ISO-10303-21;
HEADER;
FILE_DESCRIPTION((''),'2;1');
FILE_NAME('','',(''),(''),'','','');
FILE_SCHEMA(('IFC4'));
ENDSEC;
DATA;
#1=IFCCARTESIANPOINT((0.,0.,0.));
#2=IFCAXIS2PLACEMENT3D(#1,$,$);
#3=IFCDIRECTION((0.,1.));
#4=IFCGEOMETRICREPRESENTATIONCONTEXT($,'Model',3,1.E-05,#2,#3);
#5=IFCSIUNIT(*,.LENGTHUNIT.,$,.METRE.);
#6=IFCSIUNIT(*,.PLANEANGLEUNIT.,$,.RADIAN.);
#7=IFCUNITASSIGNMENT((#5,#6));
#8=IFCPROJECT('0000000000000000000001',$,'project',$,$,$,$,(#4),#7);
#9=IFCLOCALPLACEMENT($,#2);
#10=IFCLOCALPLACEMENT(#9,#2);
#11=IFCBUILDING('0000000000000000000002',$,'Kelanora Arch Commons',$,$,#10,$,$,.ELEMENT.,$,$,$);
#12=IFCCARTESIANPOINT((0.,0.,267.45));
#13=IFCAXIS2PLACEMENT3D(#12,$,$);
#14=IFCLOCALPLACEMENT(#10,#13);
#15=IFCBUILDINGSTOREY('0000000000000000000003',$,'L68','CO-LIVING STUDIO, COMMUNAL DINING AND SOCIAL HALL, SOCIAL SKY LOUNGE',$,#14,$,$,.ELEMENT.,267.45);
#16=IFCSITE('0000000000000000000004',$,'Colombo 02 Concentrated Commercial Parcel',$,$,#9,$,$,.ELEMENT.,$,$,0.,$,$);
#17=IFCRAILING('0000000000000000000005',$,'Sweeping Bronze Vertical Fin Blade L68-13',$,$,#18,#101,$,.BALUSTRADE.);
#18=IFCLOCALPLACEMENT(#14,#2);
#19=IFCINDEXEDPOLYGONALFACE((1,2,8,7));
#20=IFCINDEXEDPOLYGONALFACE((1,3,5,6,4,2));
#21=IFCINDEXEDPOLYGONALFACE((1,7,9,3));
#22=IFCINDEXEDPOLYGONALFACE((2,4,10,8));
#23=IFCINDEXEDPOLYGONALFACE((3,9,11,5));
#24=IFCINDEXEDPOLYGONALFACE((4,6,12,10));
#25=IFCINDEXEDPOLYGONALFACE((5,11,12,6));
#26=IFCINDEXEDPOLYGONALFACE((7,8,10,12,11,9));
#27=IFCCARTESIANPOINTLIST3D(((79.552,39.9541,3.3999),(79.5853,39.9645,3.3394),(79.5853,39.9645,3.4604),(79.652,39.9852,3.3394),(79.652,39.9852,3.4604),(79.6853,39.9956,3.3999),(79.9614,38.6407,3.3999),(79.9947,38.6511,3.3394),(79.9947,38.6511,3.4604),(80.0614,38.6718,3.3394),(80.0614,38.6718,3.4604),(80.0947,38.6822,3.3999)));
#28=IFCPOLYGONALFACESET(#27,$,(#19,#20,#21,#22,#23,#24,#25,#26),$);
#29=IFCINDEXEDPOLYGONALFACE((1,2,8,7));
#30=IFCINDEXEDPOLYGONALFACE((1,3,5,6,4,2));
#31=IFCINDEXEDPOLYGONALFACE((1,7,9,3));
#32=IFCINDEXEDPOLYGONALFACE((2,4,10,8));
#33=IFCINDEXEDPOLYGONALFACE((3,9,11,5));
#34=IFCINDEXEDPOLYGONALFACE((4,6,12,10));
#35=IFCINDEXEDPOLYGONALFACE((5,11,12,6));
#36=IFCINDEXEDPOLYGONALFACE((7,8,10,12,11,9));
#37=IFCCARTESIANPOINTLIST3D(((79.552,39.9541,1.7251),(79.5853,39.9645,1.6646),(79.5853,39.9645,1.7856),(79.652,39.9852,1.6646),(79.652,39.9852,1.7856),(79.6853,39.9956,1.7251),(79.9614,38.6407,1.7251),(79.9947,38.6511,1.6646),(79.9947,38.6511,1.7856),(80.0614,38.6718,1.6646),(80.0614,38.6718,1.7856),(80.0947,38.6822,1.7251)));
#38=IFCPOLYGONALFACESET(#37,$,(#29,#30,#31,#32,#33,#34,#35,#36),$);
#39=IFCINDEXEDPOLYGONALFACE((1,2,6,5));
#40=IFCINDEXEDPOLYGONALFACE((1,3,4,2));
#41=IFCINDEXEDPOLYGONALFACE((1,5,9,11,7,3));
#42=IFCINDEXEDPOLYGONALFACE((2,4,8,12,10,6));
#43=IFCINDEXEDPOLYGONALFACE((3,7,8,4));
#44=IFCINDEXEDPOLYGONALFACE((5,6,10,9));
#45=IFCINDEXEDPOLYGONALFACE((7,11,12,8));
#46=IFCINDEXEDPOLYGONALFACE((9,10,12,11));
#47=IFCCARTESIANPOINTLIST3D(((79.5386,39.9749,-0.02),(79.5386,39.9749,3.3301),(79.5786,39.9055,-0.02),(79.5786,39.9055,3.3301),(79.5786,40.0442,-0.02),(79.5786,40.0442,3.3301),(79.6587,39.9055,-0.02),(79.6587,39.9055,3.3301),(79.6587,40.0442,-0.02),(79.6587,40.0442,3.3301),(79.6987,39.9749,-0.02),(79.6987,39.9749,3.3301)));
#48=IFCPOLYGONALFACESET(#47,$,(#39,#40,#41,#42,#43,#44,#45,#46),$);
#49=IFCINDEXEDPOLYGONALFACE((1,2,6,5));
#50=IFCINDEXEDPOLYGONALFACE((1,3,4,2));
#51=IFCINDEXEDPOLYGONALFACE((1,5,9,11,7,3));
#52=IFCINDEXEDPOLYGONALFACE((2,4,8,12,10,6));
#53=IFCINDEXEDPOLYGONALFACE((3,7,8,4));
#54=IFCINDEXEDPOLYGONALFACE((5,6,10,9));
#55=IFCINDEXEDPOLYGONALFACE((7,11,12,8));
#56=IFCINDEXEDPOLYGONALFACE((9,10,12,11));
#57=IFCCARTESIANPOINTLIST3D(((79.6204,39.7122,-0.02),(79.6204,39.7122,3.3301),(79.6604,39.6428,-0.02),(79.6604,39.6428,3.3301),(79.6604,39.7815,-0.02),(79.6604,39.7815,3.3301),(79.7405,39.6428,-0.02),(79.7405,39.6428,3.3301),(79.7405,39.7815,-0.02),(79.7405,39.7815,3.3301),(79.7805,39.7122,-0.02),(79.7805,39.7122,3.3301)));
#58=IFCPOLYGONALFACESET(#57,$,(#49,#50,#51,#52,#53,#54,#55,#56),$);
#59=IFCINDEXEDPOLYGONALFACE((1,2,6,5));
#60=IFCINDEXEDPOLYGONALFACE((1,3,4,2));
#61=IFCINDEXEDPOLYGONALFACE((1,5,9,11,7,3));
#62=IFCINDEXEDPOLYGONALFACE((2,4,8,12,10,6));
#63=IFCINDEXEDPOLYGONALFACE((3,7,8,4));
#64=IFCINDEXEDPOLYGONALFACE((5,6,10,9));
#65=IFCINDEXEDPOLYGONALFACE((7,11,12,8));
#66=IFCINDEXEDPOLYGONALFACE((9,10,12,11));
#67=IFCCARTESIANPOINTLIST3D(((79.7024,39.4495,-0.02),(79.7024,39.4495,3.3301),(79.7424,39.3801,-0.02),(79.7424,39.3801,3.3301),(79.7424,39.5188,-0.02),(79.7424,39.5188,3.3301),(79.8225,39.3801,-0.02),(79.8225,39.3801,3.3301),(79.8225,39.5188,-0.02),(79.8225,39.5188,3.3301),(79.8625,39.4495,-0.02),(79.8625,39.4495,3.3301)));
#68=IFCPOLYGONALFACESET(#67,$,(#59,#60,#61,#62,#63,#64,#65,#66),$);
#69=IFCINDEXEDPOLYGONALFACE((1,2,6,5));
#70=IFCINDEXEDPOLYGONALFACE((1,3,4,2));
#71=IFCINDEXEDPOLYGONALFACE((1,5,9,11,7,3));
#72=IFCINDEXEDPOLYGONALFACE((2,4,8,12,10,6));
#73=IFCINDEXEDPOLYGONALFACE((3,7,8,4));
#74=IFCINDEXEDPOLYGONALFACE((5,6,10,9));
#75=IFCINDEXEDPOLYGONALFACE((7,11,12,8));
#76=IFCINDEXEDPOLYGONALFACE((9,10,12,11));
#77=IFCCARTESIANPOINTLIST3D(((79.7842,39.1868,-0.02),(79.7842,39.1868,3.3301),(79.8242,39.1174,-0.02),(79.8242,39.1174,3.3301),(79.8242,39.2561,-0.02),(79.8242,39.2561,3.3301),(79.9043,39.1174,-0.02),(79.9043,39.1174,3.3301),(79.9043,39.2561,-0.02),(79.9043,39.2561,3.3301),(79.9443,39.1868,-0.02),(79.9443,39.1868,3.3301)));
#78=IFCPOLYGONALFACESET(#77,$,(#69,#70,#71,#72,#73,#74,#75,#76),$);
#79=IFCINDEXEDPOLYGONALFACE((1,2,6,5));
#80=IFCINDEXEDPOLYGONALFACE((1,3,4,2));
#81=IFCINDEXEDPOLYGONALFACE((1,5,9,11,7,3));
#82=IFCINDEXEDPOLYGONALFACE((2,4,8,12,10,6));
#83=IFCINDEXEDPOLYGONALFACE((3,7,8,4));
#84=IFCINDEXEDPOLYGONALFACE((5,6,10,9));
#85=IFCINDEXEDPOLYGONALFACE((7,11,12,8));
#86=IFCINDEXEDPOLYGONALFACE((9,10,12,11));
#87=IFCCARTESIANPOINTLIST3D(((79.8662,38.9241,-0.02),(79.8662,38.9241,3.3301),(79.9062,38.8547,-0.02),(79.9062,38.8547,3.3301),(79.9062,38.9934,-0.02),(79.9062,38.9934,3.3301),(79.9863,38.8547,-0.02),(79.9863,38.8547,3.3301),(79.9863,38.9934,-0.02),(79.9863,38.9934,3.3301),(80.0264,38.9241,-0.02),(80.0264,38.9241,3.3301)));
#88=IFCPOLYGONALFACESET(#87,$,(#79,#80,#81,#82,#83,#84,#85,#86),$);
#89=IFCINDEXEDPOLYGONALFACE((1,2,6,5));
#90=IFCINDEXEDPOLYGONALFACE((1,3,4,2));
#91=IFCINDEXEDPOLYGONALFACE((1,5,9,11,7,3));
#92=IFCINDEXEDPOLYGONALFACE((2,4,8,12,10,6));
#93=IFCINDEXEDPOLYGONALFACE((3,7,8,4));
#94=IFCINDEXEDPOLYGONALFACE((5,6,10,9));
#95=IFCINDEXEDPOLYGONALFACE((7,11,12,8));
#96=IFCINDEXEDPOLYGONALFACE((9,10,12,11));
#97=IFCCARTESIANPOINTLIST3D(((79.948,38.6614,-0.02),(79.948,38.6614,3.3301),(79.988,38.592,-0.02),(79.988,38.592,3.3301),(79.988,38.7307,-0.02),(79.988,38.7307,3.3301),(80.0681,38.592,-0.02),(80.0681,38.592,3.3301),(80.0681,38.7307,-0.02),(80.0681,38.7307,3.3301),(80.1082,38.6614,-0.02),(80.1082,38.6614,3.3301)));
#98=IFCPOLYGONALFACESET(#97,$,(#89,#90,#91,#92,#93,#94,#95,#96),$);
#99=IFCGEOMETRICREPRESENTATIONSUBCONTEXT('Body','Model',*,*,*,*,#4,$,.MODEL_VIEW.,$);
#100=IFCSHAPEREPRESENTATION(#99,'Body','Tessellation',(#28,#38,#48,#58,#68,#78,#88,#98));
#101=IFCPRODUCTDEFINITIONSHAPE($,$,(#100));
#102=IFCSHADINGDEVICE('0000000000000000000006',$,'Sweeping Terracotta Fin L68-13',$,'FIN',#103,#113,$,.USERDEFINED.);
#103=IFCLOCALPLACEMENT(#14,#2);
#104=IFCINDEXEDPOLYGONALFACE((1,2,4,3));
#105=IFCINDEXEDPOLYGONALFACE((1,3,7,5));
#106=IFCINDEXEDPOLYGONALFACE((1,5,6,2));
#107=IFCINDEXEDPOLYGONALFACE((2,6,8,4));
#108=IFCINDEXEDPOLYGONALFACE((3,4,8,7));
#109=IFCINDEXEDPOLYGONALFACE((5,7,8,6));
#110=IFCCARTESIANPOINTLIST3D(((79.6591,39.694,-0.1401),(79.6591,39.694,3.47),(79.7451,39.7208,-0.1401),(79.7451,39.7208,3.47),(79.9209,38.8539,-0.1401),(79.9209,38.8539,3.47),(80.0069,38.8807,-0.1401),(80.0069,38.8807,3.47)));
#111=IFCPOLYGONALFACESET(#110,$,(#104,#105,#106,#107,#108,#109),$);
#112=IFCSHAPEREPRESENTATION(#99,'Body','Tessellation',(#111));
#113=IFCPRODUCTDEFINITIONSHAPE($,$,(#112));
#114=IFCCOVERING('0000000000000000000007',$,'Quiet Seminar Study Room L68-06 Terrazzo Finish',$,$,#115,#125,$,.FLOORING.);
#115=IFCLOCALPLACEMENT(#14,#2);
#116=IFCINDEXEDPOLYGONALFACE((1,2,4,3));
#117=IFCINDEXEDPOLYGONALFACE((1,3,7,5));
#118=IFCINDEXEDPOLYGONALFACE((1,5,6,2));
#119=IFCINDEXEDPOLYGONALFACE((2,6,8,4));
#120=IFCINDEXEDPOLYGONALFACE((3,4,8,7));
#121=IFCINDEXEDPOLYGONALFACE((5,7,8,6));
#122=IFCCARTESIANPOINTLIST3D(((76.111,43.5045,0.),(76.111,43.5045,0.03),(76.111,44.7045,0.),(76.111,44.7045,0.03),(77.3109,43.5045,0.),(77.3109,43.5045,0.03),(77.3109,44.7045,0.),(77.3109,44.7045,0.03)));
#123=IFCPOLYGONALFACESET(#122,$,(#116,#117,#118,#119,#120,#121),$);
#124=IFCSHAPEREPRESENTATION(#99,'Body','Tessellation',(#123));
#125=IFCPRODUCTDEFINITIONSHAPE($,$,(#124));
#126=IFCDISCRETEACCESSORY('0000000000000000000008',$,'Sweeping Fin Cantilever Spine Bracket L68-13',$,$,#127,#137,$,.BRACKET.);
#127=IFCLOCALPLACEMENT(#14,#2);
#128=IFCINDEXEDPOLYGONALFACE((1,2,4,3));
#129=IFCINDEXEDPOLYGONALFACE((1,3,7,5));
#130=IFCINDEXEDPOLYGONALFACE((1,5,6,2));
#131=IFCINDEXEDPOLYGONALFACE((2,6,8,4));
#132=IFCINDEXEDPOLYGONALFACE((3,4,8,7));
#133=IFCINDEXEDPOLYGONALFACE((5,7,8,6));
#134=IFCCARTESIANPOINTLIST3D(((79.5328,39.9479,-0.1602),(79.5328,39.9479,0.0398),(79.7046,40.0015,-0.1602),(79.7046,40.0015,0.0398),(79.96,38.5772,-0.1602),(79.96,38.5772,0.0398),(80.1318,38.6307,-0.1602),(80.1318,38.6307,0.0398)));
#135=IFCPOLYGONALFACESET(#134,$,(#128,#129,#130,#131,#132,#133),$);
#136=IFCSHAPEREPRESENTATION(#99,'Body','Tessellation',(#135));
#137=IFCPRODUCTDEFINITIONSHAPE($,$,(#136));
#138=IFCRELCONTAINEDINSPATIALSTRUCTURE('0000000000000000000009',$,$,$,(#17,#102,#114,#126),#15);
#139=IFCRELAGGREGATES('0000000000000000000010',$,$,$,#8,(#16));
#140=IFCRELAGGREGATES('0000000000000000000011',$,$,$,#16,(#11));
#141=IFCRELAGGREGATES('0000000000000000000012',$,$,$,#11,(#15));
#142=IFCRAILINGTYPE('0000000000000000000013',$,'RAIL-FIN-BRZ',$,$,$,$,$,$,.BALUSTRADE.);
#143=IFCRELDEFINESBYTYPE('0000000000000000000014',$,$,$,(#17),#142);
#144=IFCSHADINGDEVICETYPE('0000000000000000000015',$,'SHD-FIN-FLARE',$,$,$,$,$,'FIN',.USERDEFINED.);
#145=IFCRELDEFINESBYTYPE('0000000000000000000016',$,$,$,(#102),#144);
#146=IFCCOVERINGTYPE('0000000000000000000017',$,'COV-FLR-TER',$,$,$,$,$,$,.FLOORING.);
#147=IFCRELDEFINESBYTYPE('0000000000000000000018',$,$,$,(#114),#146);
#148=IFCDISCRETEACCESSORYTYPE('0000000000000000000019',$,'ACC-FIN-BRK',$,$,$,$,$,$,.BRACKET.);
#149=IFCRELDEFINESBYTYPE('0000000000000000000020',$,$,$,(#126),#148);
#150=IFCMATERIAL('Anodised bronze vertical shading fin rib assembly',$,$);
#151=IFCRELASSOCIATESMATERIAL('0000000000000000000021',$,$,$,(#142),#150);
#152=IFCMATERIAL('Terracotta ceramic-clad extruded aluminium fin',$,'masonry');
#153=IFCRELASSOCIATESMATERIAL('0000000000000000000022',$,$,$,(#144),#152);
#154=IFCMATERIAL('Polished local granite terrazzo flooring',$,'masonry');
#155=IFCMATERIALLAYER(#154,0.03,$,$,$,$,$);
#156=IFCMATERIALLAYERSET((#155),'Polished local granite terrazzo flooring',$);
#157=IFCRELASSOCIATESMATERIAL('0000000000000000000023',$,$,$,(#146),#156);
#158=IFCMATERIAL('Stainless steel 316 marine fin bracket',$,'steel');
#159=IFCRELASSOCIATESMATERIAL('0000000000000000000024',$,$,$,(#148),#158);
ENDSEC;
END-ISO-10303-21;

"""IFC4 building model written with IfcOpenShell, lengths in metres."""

from ifc_helpers import new_model, si_unit, direction, frame, origin, origin_2d, place, context, subcontext, project, spatial, polyline, rectangle, outline, extrude, source, transform, mapped, material, layer, layer_set, type_object, element, save


model = new_model("IFC4")

# Units and contexts
model_context = context("Model", 3, precision=1e-05, world=origin(), true_north=direction((0.0, 1.0)))
body_context = subcontext(model_context, "Body", "Model", "MODEL_VIEW")
ifc_project = project(units=[si_unit("LENGTHUNIT", "METRE"), si_unit("PLANEANGLEUNIT", "RADIAN")], contexts=[model_context])

# Site, building, storey
site_placement = place(None, origin())
site = spatial("IfcSite", under=ifc_project, at=site_placement, Name="Colombo 02 Concentrated Commercial Parcel", CompositionType="ELEMENT", RefElevation=0.0)
building_placement = place(site_placement, origin())
building = spatial("IfcBuilding", under=site, at=building_placement, Name="Kelanora Arch Commons", CompositionType="ELEMENT")
storey_placement = place(building_placement, frame((0.0, 0.0, 267.45)))
storey = spatial("IfcBuildingStorey", under=building, at=storey_placement, Name="L68", Description="CO-LIVING STUDIO, COMMUNAL DINING AND SOCIAL HALL, SOCIAL SKY LOUNGE", CompositionType="ELEMENT", Elevation=267.45)

# Railing
ifc_material_1 = material(Name="Anodised bronze vertical shading fin rib assembly")
railing_type = type_object("IfcRailingType", Name="RAIL-FIN-BRZ", PredefinedType="BALUSTRADE", material=ifc_material_1)
railing_placement = place(storey_placement, frame((79.6187, 39.9749, -0.02)))
element("IfcRailing", 1, at=railing_placement, inside=storey, type_object=railing_type, Name="Sweeping Bronze Vertical Fin Blade L68-13", PredefinedType="BALUSTRADE", context=body_context, shape_type="SweptSolid", body=[
    extrude(outline(polyline([(0.0698, 0.0), (0.0349, 0.0605), (-0.0349, 0.0605), (-0.0698, 0.0), (-0.0349, -0.0605), (0.0349, -0.0605), (0.0698, 0.0)])), frame((0.0, 0.0, 3.4199), z_axis=(0.297588, -0.954694, 0.0), x_axis=(0.954694, 0.297588, 0.0)), (0.0, 0.0, 1.0), 1.3757),
    extrude(outline(polyline([(0.0698, 0.0), (0.0349, 0.0605), (-0.0349, 0.0605), (-0.0698, 0.0), (-0.0349, -0.0605), (0.0349, -0.0605), (0.0698, 0.0)])), frame((0.0, 0.0, 1.7451), z_axis=(0.297588, -0.954694, 0.0), x_axis=(0.954694, 0.297588, 0.0)), (0.0, 0.0, 1.0), 1.3757),
    extrude(outline(polyline([(0.0801, 0.0), (0.04, 0.0693), (-0.04, 0.0693), (-0.0801, 0.0), (-0.04, -0.0693), (0.04, -0.0693), (0.0801, 0.0)])), origin(), (0.0, 0.0, 1.0), 3.3501),
    extrude(outline(polyline([(0.0801, 0.0), (0.04, 0.0693), (-0.04, 0.0693), (-0.0801, 0.0), (-0.04, -0.0693), (0.04, -0.0693), (0.0801, 0.0)])), frame((0.0818, -0.2627, 0.0)), (0.0, 0.0, 1.0), 3.3501),
    extrude(outline(polyline([(0.0801, 0.0), (0.04, 0.0693), (-0.04, 0.0693), (-0.0801, 0.0), (-0.04, -0.0693), (0.04, -0.0693), (0.0801, 0.0)])), frame((0.1638, -0.5254, 0.0)), (0.0, 0.0, 1.0), 3.3501),
    extrude(outline(polyline([(0.0801, 0.0), (0.04, 0.0693), (-0.04, 0.0693), (-0.0801, 0.0), (-0.04, -0.0693), (0.04, -0.0693), (0.0801, 0.0)])), frame((0.2456, -0.7881, 0.0)), (0.0, 0.0, 1.0), 3.3501),
    extrude(outline(polyline([(0.0801, 0.0), (0.04, 0.0693), (-0.04, 0.0693), (-0.0801, 0.0), (-0.04, -0.0693), (0.04, -0.0693), (0.0801, 0.0)])), frame((0.3276, -1.0508, 0.0)), (0.0, 0.0, 1.0), 3.3501),
    extrude(outline(polyline([(0.0801, 0.0), (0.04, 0.0693), (-0.04, 0.0693), (-0.0801, 0.0), (-0.04, -0.0693), (0.04, -0.0693), (0.0801, 0.0)])), frame((0.4094, -1.3135, 0.0)), (0.0, 0.0, 1.0), 3.3501),
])

# Shading device
ifc_material_2 = material(Name="Terracotta ceramic-clad extruded aluminium fin", Category="masonry")
shading_device_type = type_object("IfcShadingDeviceType", Name="SHD-FIN-FLARE", ElementType="FIN", PredefinedType="USERDEFINED", material=ifc_material_2)
shared_shape_1 = source(origin(), body_context, "Body", "SweptSolid", [
    extrude(rectangle(XDim=0.8799, YDim=0.0901, at=origin_2d()), origin(), (0.0, 0.0, 1.0), 3.6101),
])
shading_device_placement = place(storey_placement, frame((79.833, 39.2874, -0.1401), z_axis=(0.0, 0.0, 1.0), x_axis=(0.297542, -0.954709, 0.0)))
element("IfcShadingDevice", 2, at=shading_device_placement, inside=storey, type_object=shading_device_type, Name="Sweeping Terracotta Fin L68-13", ObjectType="FIN", PredefinedType="USERDEFINED", context=body_context, shape_type="MappedRepresentation", body=[
    mapped(shared_shape_1, transform((0.0, 0.0, 0.0), scale=1.0)),
])

# Covering
ifc_material_3 = material(Name="Polished local granite terrazzo flooring", Category="masonry")
ifc_layer_1 = layer(ifc_material_3, 0.03)
ifc_layer_set_1 = layer_set([ifc_layer_1], Name="Polished local granite terrazzo flooring")
covering_type = type_object("IfcCoveringType", Name="COV-FLR-TER", PredefinedType="FLOORING", material=ifc_layer_set_1)
shared_shape_2 = source(origin(), body_context, "Body", "SweptSolid", [
    extrude(rectangle(XDim=1.2, YDim=1.2, at=origin_2d()), origin(), (0.0, 0.0, 1.0), 0.03),
])
covering_placement = place(storey_placement, frame((76.7109, 44.1045, 0.0), z_axis=(0.0, 0.0, 1.0), x_axis=(1.0, 0.0, 0.0)))
element("IfcCovering", 3, at=covering_placement, inside=storey, type_object=covering_type, Name="Quiet Seminar Study Room L68-06 Terrazzo Finish", PredefinedType="FLOORING", context=body_context, shape_type="MappedRepresentation", body=[
    mapped(shared_shape_2, transform((0.0, 0.0, 0.0), scale=1.0)),
])

# Discrete accessory
ifc_material_4 = material(Name="Stainless steel 316 marine fin bracket", Category="steel")
discrete_accessory_type = type_object("IfcDiscreteAccessoryType", Name="ACC-FIN-BRK", PredefinedType="BRACKET", material=ifc_material_4)
shared_shape_3 = source(origin(), body_context, "Body", "SweptSolid", [
    extrude(rectangle(XDim=1.4358, YDim=0.1799, at=origin_2d()), origin(), (0.0, 0.0, 1.0), 0.2),
])
discrete_accessory_placement = place(storey_placement, frame((79.8323, 39.2893, -0.1602), z_axis=(0.0, 0.0, 1.0), x_axis=(0.297542, -0.954709, 0.0)))
element("IfcDiscreteAccessory", 4, at=discrete_accessory_placement, inside=storey, type_object=discrete_accessory_type, Name="Sweeping Fin Cantilever Spine Bracket L68-13", PredefinedType="BRACKET", context=body_context, shape_type="MappedRepresentation", body=[
    mapped(shared_shape_3, transform((0.0, 0.0, 0.0), scale=1.0)),
])

save(model, "model.ifc")
